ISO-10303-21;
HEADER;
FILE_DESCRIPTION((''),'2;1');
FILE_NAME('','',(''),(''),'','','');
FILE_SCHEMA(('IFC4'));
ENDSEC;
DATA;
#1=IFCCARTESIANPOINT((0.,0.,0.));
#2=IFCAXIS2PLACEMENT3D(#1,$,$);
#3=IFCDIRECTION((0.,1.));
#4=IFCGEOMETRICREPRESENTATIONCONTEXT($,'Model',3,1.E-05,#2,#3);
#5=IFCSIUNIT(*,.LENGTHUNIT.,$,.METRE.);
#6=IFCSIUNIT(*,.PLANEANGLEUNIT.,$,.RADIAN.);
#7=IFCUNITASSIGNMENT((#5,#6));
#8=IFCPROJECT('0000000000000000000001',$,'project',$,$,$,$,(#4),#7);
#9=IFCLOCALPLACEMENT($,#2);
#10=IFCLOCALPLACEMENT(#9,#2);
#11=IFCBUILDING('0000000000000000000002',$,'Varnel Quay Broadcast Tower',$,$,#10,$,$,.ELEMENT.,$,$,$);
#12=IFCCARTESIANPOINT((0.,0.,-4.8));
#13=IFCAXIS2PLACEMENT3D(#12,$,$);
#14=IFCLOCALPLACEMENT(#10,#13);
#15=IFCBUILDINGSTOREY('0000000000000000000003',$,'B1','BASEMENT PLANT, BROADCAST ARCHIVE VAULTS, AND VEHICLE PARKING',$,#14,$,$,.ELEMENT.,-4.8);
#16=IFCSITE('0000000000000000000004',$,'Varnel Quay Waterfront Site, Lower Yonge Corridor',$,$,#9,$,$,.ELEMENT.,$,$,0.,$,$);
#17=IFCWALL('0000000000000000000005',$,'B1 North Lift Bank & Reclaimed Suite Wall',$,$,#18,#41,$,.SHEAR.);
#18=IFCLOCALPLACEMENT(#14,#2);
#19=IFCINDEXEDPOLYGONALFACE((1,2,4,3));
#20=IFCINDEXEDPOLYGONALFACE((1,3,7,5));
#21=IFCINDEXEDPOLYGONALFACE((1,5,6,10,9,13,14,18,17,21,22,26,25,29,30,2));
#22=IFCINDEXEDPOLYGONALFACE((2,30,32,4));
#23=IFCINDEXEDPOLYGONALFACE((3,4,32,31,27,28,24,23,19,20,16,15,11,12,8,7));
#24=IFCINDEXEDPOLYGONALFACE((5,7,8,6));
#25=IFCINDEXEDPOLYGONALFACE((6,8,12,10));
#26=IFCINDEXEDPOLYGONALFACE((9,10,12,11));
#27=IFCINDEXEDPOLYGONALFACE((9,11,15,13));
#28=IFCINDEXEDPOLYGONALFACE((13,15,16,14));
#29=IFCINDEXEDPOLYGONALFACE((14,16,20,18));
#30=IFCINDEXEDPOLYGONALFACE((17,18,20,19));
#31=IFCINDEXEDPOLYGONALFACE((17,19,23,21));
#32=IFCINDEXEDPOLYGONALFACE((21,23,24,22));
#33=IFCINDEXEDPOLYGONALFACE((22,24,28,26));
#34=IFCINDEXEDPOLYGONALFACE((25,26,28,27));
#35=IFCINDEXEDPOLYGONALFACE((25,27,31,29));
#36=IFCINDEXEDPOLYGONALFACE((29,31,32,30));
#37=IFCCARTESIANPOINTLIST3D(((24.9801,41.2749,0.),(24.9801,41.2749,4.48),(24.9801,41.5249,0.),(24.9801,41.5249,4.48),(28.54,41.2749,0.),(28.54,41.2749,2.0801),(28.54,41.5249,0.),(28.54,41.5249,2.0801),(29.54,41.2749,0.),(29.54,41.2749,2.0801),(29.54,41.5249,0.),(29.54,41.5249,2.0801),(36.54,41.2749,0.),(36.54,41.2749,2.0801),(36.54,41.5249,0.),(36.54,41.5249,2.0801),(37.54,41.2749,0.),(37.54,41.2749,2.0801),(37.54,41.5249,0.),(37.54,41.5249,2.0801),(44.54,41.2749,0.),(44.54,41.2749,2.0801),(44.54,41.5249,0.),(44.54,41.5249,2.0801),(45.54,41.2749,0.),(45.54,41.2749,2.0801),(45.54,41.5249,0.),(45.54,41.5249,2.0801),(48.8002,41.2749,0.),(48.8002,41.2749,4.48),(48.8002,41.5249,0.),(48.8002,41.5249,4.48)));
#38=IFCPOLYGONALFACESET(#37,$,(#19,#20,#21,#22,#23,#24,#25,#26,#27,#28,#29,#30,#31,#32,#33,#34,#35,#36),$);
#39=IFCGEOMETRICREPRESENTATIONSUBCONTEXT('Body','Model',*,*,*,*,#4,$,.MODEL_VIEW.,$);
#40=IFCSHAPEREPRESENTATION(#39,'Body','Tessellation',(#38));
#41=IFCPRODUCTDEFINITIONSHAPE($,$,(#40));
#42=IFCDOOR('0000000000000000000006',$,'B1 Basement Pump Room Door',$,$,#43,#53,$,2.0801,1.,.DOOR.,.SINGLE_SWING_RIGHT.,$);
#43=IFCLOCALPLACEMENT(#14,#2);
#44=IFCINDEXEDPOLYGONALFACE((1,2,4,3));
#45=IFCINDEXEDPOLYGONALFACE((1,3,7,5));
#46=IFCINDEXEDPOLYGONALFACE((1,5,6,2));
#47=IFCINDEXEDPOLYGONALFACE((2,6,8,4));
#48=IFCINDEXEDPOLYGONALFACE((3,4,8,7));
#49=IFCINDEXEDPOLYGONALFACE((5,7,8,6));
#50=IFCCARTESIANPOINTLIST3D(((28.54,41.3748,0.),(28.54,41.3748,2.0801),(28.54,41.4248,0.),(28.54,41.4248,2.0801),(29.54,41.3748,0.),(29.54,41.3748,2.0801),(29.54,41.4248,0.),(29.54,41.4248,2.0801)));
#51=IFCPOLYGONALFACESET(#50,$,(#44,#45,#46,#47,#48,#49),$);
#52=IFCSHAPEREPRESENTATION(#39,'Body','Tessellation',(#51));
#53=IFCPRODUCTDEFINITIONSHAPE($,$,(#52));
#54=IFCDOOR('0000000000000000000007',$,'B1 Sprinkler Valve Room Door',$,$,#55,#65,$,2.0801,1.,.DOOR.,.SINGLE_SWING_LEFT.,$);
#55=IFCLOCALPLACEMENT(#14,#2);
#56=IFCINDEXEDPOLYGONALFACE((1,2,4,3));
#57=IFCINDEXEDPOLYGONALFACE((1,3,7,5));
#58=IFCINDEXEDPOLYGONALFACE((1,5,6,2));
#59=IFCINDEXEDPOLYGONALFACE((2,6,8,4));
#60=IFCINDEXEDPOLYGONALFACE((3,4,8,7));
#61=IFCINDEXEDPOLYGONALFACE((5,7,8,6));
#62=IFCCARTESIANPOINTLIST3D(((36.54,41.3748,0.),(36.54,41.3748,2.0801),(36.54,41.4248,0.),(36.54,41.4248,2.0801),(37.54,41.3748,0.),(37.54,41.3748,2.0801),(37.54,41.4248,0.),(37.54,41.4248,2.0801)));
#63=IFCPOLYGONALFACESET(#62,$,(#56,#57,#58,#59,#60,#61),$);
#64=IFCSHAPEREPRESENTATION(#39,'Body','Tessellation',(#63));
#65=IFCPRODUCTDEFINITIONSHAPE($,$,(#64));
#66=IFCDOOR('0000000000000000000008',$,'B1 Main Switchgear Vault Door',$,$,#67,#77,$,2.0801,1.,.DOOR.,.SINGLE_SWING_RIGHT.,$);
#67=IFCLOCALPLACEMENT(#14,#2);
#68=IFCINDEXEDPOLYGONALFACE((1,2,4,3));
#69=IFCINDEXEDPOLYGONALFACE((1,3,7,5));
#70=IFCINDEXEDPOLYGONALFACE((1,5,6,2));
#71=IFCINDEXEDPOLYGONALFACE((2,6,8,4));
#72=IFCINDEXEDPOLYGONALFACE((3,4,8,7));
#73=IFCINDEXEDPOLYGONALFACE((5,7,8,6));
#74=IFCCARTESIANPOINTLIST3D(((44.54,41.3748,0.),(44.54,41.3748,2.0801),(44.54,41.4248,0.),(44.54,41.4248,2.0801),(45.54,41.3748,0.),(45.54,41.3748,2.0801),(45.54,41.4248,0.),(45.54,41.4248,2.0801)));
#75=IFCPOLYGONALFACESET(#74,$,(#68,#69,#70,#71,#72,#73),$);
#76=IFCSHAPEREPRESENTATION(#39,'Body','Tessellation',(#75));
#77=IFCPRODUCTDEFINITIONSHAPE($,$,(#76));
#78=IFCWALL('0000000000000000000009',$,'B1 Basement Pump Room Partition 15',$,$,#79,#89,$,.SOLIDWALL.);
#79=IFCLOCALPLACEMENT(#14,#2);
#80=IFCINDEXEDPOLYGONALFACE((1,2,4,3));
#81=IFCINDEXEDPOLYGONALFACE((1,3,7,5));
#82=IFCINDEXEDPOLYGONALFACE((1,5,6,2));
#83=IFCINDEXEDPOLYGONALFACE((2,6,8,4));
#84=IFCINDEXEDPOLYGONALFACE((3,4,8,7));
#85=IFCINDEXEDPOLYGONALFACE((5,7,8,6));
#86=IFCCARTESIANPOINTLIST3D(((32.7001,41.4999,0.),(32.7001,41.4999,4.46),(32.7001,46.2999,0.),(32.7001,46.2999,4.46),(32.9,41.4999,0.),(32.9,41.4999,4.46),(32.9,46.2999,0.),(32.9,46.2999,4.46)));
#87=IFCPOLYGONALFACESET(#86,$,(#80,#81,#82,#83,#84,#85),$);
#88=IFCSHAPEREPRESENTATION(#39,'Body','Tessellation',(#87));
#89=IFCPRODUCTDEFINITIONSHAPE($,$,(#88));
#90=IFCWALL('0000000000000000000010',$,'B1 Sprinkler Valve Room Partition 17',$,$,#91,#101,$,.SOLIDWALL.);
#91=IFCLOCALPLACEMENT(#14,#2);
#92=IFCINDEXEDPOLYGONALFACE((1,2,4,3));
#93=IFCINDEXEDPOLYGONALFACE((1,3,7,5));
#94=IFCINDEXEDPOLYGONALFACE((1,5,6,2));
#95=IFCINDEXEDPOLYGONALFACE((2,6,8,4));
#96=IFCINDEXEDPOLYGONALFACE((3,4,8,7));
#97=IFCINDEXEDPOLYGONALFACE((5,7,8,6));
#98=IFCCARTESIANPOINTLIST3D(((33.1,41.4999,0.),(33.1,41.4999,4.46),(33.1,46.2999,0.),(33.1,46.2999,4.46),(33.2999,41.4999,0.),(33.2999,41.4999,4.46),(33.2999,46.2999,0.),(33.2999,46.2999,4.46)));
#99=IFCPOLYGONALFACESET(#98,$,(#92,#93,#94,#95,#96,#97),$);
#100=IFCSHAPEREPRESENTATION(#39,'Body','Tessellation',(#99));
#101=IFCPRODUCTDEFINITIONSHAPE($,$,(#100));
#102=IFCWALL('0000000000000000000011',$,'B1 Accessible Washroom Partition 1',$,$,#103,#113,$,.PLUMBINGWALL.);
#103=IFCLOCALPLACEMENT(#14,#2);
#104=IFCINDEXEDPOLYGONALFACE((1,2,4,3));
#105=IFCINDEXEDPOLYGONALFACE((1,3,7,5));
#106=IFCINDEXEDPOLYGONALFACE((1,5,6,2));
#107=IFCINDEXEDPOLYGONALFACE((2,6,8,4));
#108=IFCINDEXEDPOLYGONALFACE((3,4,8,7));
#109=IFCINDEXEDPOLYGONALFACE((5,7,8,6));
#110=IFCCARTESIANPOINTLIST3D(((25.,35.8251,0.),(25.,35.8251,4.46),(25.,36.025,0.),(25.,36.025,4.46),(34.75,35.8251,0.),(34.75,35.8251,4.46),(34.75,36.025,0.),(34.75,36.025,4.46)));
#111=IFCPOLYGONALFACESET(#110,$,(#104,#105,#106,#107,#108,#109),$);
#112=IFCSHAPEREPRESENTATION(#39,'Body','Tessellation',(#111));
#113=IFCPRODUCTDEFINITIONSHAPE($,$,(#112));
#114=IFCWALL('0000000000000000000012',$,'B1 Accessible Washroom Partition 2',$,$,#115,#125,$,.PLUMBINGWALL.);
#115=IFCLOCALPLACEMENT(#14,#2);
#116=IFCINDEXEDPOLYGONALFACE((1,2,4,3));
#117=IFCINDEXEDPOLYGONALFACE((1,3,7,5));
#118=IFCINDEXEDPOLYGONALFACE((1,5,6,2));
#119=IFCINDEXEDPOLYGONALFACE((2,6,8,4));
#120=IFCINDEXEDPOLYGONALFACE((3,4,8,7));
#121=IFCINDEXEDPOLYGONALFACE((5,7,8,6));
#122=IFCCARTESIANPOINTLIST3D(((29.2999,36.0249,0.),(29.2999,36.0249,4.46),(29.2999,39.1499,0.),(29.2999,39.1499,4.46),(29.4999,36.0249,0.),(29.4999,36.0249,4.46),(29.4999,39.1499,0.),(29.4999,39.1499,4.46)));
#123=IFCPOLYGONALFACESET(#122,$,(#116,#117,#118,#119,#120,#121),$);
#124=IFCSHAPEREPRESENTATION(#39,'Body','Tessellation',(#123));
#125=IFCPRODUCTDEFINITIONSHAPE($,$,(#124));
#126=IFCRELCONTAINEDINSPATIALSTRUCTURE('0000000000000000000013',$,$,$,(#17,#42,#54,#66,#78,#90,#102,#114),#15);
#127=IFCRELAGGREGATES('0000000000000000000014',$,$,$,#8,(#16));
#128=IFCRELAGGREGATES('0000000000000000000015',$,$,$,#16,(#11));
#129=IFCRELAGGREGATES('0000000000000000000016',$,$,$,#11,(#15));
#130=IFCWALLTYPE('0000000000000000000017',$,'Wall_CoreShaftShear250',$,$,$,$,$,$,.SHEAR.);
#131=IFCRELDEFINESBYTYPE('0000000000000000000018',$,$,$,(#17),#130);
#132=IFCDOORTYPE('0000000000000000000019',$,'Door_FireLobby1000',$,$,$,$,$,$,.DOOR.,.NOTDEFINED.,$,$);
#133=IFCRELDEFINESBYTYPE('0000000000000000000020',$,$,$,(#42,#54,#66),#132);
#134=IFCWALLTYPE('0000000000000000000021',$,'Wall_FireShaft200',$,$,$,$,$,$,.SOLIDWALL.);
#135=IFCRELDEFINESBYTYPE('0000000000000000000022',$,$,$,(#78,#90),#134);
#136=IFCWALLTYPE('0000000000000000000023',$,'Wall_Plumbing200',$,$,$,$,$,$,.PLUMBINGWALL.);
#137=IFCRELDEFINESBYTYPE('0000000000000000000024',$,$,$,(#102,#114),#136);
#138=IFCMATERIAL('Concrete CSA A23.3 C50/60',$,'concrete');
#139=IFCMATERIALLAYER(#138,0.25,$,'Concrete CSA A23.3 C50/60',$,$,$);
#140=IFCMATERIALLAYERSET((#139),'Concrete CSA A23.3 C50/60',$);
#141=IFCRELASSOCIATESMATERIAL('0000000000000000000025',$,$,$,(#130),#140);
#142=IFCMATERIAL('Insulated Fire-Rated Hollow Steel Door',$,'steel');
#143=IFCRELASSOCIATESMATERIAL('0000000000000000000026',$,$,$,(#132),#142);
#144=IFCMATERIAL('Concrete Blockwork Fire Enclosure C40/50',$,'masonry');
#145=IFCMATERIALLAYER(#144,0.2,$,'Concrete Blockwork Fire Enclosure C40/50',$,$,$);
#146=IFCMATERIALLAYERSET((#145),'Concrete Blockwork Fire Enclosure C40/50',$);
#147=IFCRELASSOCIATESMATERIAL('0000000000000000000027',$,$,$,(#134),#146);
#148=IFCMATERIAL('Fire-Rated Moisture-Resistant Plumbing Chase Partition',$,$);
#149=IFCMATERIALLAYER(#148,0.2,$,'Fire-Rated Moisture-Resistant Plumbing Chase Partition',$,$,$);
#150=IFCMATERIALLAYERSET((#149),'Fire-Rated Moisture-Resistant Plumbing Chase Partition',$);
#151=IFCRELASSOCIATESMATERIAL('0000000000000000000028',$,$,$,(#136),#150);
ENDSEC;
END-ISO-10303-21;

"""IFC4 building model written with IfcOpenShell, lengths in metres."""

from ifc_helpers import new_model, si_unit, direction, frame, frame_2d, origin, place, context, subcontext, project, spatial, rectangle, extrude, source, transform, mapped, material, layer, layer_set, type_object, type_shapes, element, fill, save


model = new_model("IFC4")

# Units and contexts
model_context = context("Model", 3, precision=1e-05, world=origin(), true_north=direction((0.0, 1.0)))
body_context = subcontext(model_context, "Body", "Model", "MODEL_VIEW")
ifc_project = project(units=[si_unit("LENGTHUNIT", "METRE"), si_unit("PLANEANGLEUNIT", "RADIAN")], contexts=[model_context])

# Site, building, storey
site_placement = place(None, origin())
site = spatial("IfcSite", under=ifc_project, at=site_placement, Name="Varnel Quay Waterfront Site, Lower Yonge Corridor", CompositionType="ELEMENT", RefElevation=0.0)
building_placement = place(site_placement, origin())
building = spatial("IfcBuilding", under=site, at=building_placement, Name="Varnel Quay Broadcast Tower", CompositionType="ELEMENT")
storey_placement = place(building_placement, frame((0.0, 0.0, -4.8)))
storey = spatial("IfcBuildingStorey", under=building, at=storey_placement, Name="B1", Description="BASEMENT PLANT, BROADCAST ARCHIVE VAULTS, AND VEHICLE PARKING", CompositionType="ELEMENT", Elevation=-4.8)

# Shared definitions
ifc_material_1 = material(Name="Concrete CSA A23.3 C50/60", Category="concrete")
ifc_layer_1 = layer(ifc_material_1, 0.25, Name="Concrete CSA A23.3 C50/60")
ifc_layer_set_1 = layer_set([ifc_layer_1], Name="Concrete CSA A23.3 C50/60")
wall_type_1 = type_object("IfcWallType", Name="Wall_CoreShaftShear250", PredefinedType="SHEAR", material=ifc_layer_set_1)

# Wall, openings, doors
wall_1_placement = place(storey_placement, frame((24.98, 41.3999, 0.0), z_axis=(0.0, 0.0, 1.0), x_axis=(1.0, 0.0, 0.0)))
wall_1 = element("IfcWall", 1, at=wall_1_placement, inside=storey, type_object=wall_type_1, Name="B1 North Lift Bank & Reclaimed Suite Wall", PredefinedType="SHEAR", context=body_context, shape_type="SweptSolid", body=[
    extrude(rectangle(XDim=23.8201, YDim=0.25, at=frame_2d((11.9102, 0.0))), origin(), (0.0, 0.0, 1.0), 4.48),
])
opening_1_placement = place(wall_1_placement, frame((3.5601, 0.0, 0.0)))
opening_1 = element("IfcOpeningElement", 2, at=opening_1_placement, cuts=wall_1, PredefinedType="OPENING", context=body_context, shape_type="SweptSolid", body=[
    extrude(rectangle(XDim=1.0, YDim=2.0801, at=frame_2d((0.5, 1.04))), frame((0.0, 0.135, 0.0), z_axis=(0.0, -1.0, 0.0), x_axis=(1.0, 0.0, 0.0)), (0.0, 0.0, 1.0), 0.27),
])
opening_2_placement = place(wall_1_placement, frame((11.5601, 0.0, 0.0)))
opening_2 = element("IfcOpeningElement", 3, at=opening_2_placement, cuts=wall_1, PredefinedType="OPENING", context=body_context, shape_type="SweptSolid", body=[
    extrude(rectangle(XDim=1.0, YDim=2.0801, at=frame_2d((0.5, 1.04))), frame((0.0, 0.135, 0.0), z_axis=(0.0, -1.0, 0.0), x_axis=(1.0, 0.0, 0.0)), (0.0, 0.0, 1.0), 0.27),
])
opening_3_placement = place(wall_1_placement, frame((19.5601, 0.0, 0.0)))
opening_3 = element("IfcOpeningElement", 4, at=opening_3_placement, cuts=wall_1, PredefinedType="OPENING", context=body_context, shape_type="SweptSolid", body=[
    extrude(rectangle(XDim=1.0, YDim=2.0801, at=frame_2d((0.5, 1.04))), frame((0.0, 0.135, 0.0), z_axis=(0.0, -1.0, 0.0), x_axis=(1.0, 0.0, 0.0)), (0.0, 0.0, 1.0), 0.27),
])
ifc_material_2 = material(Name="Insulated Fire-Rated Hollow Steel Door", Category="steel")
door_type_1 = type_object("IfcDoorType", Name="Door_FireLobby1000", OperationType="NOTDEFINED", PredefinedType="DOOR", material=ifc_material_2)
shared_shape_1 = source(origin(), body_context, "Body", "SweptSolid", [
    extrude(rectangle(XDim=1.0, YDim=2.0801, at=frame_2d((0.5, 1.04))), frame((0.0, 0.0249, 0.0), z_axis=(0.0, -1.0, 0.0), x_axis=(1.0, 0.0, 0.0)), (0.0, 0.0, 1.0), 0.05),
])
type_shapes(door_type_1, [shared_shape_1])
door_1_placement = place(opening_1_placement, origin())
door_1 = element("IfcDoor", 5, at=door_1_placement, inside=storey, type_object=door_type_1, Name="B1 Basement Pump Room Door", OperationType="SINGLE_SWING_RIGHT", OverallHeight=2.0801, OverallWidth=1.0, PredefinedType="DOOR", context=body_context, shape_type="MappedRepresentation", body=[
    mapped(shared_shape_1, transform((0.0, 0.0, 0.0), x_axis=(1.0, 0.0, 0.0), y_axis=(0.0, 1.0, 0.0), z_axis=(0.0, 0.0, 1.0), scale=1.0)),
])
fill(opening_1, door_1)
door_2_placement = place(opening_2_placement, origin())
door_2 = element("IfcDoor", 6, at=door_2_placement, inside=storey, type_object=door_type_1, Name="B1 Sprinkler Valve Room Door", OperationType="SINGLE_SWING_LEFT", OverallHeight=2.0801, OverallWidth=1.0, PredefinedType="DOOR", context=body_context, shape_type="MappedRepresentation", body=[
    mapped(shared_shape_1, transform((0.0, 0.0, 0.0), x_axis=(1.0, 0.0, 0.0), y_axis=(0.0, 1.0, 0.0), z_axis=(0.0, 0.0, 1.0), scale=1.0)),
])
fill(opening_2, door_2)
door_3_placement = place(opening_3_placement, origin())
door_3 = element("IfcDoor", 7, at=door_3_placement, inside=storey, type_object=door_type_1, Name="B1 Main Switchgear Vault Door", OperationType="SINGLE_SWING_RIGHT", OverallHeight=2.0801, OverallWidth=1.0, PredefinedType="DOOR", context=body_context, shape_type="MappedRepresentation", body=[
    mapped(shared_shape_1, transform((0.0, 0.0, 0.0), x_axis=(1.0, 0.0, 0.0), y_axis=(0.0, 1.0, 0.0), z_axis=(0.0, 0.0, 1.0), scale=1.0)),
])
fill(opening_3, door_3)

# Walls
ifc_material_3 = material(Name="Concrete Blockwork Fire Enclosure C40/50", Category="masonry")
ifc_layer_2 = layer(ifc_material_3, 0.2, Name="Concrete Blockwork Fire Enclosure C40/50")
ifc_layer_set_2 = layer_set([ifc_layer_2], Name="Concrete Blockwork Fire Enclosure C40/50")
wall_type_2 = type_object("IfcWallType", Name="Wall_FireShaft200", PredefinedType="SOLIDWALL", material=ifc_layer_set_2)
for number, where, z_axis, x_axis, name in (
    (8, (32.8, 41.5, 0.0), (0.0, 0.0, 1.0), (0.0, 1.0, 0.0), "B1 Basement Pump Room Partition 15"),
    (9, (33.2, 41.5, 0.0), (0.0, 0.0, 1.0), (0.0, 1.0, 0.0), "B1 Sprinkler Valve Room Partition 17"),
):
    element("IfcWall", number, at=place(storey_placement, frame(where, z_axis=z_axis, x_axis=x_axis)), inside=storey, type_object=wall_type_2, Name=name, PredefinedType="SOLIDWALL", context=body_context, shape_type="SweptSolid", body=[
        extrude(rectangle(XDim=4.8, YDim=0.2, at=frame_2d((2.3999, 0.0))), origin(), (0.0, 0.0, 1.0), 4.46),
    ])
ifc_material_4 = material(Name="Fire-Rated Moisture-Resistant Plumbing Chase Partition")
ifc_layer_3 = layer(ifc_material_4, 0.2, Name="Fire-Rated Moisture-Resistant Plumbing Chase Partition")
ifc_layer_set_3 = layer_set([ifc_layer_3], Name="Fire-Rated Moisture-Resistant Plumbing Chase Partition")
wall_type_3 = type_object("IfcWallType", Name="Wall_Plumbing200", PredefinedType="PLUMBINGWALL", material=ifc_layer_set_3)
wall_2_placement = place(storey_placement, frame((25.0, 35.925, 0.0), z_axis=(0.0, 0.0, 1.0), x_axis=(1.0, 0.0, 0.0)))
element("IfcWall", 10, at=wall_2_placement, inside=storey, type_object=wall_type_3, Name="B1 Accessible Washroom Partition 1", PredefinedType="PLUMBINGWALL", context=body_context, shape_type="SweptSolid", body=[
    extrude(rectangle(XDim=9.75, YDim=0.2, at=frame_2d((4.875, 0.0))), origin(), (0.0, 0.0, 1.0), 4.46),
])
wall_3_placement = place(storey_placement, frame((29.3999, 36.0249, 0.0), z_axis=(0.0, 0.0, 1.0), x_axis=(0.0, 1.0, 0.0)))
element("IfcWall", 11, at=wall_3_placement, inside=storey, type_object=wall_type_3, Name="B1 Accessible Washroom Partition 2", PredefinedType="PLUMBINGWALL", context=body_context, shape_type="SweptSolid", body=[
    extrude(rectangle(XDim=3.125, YDim=0.2, at=frame_2d((1.5625, 0.0))), origin(), (0.0, 0.0, 1.0), 4.46),
])

save(model, "model.ifc")
